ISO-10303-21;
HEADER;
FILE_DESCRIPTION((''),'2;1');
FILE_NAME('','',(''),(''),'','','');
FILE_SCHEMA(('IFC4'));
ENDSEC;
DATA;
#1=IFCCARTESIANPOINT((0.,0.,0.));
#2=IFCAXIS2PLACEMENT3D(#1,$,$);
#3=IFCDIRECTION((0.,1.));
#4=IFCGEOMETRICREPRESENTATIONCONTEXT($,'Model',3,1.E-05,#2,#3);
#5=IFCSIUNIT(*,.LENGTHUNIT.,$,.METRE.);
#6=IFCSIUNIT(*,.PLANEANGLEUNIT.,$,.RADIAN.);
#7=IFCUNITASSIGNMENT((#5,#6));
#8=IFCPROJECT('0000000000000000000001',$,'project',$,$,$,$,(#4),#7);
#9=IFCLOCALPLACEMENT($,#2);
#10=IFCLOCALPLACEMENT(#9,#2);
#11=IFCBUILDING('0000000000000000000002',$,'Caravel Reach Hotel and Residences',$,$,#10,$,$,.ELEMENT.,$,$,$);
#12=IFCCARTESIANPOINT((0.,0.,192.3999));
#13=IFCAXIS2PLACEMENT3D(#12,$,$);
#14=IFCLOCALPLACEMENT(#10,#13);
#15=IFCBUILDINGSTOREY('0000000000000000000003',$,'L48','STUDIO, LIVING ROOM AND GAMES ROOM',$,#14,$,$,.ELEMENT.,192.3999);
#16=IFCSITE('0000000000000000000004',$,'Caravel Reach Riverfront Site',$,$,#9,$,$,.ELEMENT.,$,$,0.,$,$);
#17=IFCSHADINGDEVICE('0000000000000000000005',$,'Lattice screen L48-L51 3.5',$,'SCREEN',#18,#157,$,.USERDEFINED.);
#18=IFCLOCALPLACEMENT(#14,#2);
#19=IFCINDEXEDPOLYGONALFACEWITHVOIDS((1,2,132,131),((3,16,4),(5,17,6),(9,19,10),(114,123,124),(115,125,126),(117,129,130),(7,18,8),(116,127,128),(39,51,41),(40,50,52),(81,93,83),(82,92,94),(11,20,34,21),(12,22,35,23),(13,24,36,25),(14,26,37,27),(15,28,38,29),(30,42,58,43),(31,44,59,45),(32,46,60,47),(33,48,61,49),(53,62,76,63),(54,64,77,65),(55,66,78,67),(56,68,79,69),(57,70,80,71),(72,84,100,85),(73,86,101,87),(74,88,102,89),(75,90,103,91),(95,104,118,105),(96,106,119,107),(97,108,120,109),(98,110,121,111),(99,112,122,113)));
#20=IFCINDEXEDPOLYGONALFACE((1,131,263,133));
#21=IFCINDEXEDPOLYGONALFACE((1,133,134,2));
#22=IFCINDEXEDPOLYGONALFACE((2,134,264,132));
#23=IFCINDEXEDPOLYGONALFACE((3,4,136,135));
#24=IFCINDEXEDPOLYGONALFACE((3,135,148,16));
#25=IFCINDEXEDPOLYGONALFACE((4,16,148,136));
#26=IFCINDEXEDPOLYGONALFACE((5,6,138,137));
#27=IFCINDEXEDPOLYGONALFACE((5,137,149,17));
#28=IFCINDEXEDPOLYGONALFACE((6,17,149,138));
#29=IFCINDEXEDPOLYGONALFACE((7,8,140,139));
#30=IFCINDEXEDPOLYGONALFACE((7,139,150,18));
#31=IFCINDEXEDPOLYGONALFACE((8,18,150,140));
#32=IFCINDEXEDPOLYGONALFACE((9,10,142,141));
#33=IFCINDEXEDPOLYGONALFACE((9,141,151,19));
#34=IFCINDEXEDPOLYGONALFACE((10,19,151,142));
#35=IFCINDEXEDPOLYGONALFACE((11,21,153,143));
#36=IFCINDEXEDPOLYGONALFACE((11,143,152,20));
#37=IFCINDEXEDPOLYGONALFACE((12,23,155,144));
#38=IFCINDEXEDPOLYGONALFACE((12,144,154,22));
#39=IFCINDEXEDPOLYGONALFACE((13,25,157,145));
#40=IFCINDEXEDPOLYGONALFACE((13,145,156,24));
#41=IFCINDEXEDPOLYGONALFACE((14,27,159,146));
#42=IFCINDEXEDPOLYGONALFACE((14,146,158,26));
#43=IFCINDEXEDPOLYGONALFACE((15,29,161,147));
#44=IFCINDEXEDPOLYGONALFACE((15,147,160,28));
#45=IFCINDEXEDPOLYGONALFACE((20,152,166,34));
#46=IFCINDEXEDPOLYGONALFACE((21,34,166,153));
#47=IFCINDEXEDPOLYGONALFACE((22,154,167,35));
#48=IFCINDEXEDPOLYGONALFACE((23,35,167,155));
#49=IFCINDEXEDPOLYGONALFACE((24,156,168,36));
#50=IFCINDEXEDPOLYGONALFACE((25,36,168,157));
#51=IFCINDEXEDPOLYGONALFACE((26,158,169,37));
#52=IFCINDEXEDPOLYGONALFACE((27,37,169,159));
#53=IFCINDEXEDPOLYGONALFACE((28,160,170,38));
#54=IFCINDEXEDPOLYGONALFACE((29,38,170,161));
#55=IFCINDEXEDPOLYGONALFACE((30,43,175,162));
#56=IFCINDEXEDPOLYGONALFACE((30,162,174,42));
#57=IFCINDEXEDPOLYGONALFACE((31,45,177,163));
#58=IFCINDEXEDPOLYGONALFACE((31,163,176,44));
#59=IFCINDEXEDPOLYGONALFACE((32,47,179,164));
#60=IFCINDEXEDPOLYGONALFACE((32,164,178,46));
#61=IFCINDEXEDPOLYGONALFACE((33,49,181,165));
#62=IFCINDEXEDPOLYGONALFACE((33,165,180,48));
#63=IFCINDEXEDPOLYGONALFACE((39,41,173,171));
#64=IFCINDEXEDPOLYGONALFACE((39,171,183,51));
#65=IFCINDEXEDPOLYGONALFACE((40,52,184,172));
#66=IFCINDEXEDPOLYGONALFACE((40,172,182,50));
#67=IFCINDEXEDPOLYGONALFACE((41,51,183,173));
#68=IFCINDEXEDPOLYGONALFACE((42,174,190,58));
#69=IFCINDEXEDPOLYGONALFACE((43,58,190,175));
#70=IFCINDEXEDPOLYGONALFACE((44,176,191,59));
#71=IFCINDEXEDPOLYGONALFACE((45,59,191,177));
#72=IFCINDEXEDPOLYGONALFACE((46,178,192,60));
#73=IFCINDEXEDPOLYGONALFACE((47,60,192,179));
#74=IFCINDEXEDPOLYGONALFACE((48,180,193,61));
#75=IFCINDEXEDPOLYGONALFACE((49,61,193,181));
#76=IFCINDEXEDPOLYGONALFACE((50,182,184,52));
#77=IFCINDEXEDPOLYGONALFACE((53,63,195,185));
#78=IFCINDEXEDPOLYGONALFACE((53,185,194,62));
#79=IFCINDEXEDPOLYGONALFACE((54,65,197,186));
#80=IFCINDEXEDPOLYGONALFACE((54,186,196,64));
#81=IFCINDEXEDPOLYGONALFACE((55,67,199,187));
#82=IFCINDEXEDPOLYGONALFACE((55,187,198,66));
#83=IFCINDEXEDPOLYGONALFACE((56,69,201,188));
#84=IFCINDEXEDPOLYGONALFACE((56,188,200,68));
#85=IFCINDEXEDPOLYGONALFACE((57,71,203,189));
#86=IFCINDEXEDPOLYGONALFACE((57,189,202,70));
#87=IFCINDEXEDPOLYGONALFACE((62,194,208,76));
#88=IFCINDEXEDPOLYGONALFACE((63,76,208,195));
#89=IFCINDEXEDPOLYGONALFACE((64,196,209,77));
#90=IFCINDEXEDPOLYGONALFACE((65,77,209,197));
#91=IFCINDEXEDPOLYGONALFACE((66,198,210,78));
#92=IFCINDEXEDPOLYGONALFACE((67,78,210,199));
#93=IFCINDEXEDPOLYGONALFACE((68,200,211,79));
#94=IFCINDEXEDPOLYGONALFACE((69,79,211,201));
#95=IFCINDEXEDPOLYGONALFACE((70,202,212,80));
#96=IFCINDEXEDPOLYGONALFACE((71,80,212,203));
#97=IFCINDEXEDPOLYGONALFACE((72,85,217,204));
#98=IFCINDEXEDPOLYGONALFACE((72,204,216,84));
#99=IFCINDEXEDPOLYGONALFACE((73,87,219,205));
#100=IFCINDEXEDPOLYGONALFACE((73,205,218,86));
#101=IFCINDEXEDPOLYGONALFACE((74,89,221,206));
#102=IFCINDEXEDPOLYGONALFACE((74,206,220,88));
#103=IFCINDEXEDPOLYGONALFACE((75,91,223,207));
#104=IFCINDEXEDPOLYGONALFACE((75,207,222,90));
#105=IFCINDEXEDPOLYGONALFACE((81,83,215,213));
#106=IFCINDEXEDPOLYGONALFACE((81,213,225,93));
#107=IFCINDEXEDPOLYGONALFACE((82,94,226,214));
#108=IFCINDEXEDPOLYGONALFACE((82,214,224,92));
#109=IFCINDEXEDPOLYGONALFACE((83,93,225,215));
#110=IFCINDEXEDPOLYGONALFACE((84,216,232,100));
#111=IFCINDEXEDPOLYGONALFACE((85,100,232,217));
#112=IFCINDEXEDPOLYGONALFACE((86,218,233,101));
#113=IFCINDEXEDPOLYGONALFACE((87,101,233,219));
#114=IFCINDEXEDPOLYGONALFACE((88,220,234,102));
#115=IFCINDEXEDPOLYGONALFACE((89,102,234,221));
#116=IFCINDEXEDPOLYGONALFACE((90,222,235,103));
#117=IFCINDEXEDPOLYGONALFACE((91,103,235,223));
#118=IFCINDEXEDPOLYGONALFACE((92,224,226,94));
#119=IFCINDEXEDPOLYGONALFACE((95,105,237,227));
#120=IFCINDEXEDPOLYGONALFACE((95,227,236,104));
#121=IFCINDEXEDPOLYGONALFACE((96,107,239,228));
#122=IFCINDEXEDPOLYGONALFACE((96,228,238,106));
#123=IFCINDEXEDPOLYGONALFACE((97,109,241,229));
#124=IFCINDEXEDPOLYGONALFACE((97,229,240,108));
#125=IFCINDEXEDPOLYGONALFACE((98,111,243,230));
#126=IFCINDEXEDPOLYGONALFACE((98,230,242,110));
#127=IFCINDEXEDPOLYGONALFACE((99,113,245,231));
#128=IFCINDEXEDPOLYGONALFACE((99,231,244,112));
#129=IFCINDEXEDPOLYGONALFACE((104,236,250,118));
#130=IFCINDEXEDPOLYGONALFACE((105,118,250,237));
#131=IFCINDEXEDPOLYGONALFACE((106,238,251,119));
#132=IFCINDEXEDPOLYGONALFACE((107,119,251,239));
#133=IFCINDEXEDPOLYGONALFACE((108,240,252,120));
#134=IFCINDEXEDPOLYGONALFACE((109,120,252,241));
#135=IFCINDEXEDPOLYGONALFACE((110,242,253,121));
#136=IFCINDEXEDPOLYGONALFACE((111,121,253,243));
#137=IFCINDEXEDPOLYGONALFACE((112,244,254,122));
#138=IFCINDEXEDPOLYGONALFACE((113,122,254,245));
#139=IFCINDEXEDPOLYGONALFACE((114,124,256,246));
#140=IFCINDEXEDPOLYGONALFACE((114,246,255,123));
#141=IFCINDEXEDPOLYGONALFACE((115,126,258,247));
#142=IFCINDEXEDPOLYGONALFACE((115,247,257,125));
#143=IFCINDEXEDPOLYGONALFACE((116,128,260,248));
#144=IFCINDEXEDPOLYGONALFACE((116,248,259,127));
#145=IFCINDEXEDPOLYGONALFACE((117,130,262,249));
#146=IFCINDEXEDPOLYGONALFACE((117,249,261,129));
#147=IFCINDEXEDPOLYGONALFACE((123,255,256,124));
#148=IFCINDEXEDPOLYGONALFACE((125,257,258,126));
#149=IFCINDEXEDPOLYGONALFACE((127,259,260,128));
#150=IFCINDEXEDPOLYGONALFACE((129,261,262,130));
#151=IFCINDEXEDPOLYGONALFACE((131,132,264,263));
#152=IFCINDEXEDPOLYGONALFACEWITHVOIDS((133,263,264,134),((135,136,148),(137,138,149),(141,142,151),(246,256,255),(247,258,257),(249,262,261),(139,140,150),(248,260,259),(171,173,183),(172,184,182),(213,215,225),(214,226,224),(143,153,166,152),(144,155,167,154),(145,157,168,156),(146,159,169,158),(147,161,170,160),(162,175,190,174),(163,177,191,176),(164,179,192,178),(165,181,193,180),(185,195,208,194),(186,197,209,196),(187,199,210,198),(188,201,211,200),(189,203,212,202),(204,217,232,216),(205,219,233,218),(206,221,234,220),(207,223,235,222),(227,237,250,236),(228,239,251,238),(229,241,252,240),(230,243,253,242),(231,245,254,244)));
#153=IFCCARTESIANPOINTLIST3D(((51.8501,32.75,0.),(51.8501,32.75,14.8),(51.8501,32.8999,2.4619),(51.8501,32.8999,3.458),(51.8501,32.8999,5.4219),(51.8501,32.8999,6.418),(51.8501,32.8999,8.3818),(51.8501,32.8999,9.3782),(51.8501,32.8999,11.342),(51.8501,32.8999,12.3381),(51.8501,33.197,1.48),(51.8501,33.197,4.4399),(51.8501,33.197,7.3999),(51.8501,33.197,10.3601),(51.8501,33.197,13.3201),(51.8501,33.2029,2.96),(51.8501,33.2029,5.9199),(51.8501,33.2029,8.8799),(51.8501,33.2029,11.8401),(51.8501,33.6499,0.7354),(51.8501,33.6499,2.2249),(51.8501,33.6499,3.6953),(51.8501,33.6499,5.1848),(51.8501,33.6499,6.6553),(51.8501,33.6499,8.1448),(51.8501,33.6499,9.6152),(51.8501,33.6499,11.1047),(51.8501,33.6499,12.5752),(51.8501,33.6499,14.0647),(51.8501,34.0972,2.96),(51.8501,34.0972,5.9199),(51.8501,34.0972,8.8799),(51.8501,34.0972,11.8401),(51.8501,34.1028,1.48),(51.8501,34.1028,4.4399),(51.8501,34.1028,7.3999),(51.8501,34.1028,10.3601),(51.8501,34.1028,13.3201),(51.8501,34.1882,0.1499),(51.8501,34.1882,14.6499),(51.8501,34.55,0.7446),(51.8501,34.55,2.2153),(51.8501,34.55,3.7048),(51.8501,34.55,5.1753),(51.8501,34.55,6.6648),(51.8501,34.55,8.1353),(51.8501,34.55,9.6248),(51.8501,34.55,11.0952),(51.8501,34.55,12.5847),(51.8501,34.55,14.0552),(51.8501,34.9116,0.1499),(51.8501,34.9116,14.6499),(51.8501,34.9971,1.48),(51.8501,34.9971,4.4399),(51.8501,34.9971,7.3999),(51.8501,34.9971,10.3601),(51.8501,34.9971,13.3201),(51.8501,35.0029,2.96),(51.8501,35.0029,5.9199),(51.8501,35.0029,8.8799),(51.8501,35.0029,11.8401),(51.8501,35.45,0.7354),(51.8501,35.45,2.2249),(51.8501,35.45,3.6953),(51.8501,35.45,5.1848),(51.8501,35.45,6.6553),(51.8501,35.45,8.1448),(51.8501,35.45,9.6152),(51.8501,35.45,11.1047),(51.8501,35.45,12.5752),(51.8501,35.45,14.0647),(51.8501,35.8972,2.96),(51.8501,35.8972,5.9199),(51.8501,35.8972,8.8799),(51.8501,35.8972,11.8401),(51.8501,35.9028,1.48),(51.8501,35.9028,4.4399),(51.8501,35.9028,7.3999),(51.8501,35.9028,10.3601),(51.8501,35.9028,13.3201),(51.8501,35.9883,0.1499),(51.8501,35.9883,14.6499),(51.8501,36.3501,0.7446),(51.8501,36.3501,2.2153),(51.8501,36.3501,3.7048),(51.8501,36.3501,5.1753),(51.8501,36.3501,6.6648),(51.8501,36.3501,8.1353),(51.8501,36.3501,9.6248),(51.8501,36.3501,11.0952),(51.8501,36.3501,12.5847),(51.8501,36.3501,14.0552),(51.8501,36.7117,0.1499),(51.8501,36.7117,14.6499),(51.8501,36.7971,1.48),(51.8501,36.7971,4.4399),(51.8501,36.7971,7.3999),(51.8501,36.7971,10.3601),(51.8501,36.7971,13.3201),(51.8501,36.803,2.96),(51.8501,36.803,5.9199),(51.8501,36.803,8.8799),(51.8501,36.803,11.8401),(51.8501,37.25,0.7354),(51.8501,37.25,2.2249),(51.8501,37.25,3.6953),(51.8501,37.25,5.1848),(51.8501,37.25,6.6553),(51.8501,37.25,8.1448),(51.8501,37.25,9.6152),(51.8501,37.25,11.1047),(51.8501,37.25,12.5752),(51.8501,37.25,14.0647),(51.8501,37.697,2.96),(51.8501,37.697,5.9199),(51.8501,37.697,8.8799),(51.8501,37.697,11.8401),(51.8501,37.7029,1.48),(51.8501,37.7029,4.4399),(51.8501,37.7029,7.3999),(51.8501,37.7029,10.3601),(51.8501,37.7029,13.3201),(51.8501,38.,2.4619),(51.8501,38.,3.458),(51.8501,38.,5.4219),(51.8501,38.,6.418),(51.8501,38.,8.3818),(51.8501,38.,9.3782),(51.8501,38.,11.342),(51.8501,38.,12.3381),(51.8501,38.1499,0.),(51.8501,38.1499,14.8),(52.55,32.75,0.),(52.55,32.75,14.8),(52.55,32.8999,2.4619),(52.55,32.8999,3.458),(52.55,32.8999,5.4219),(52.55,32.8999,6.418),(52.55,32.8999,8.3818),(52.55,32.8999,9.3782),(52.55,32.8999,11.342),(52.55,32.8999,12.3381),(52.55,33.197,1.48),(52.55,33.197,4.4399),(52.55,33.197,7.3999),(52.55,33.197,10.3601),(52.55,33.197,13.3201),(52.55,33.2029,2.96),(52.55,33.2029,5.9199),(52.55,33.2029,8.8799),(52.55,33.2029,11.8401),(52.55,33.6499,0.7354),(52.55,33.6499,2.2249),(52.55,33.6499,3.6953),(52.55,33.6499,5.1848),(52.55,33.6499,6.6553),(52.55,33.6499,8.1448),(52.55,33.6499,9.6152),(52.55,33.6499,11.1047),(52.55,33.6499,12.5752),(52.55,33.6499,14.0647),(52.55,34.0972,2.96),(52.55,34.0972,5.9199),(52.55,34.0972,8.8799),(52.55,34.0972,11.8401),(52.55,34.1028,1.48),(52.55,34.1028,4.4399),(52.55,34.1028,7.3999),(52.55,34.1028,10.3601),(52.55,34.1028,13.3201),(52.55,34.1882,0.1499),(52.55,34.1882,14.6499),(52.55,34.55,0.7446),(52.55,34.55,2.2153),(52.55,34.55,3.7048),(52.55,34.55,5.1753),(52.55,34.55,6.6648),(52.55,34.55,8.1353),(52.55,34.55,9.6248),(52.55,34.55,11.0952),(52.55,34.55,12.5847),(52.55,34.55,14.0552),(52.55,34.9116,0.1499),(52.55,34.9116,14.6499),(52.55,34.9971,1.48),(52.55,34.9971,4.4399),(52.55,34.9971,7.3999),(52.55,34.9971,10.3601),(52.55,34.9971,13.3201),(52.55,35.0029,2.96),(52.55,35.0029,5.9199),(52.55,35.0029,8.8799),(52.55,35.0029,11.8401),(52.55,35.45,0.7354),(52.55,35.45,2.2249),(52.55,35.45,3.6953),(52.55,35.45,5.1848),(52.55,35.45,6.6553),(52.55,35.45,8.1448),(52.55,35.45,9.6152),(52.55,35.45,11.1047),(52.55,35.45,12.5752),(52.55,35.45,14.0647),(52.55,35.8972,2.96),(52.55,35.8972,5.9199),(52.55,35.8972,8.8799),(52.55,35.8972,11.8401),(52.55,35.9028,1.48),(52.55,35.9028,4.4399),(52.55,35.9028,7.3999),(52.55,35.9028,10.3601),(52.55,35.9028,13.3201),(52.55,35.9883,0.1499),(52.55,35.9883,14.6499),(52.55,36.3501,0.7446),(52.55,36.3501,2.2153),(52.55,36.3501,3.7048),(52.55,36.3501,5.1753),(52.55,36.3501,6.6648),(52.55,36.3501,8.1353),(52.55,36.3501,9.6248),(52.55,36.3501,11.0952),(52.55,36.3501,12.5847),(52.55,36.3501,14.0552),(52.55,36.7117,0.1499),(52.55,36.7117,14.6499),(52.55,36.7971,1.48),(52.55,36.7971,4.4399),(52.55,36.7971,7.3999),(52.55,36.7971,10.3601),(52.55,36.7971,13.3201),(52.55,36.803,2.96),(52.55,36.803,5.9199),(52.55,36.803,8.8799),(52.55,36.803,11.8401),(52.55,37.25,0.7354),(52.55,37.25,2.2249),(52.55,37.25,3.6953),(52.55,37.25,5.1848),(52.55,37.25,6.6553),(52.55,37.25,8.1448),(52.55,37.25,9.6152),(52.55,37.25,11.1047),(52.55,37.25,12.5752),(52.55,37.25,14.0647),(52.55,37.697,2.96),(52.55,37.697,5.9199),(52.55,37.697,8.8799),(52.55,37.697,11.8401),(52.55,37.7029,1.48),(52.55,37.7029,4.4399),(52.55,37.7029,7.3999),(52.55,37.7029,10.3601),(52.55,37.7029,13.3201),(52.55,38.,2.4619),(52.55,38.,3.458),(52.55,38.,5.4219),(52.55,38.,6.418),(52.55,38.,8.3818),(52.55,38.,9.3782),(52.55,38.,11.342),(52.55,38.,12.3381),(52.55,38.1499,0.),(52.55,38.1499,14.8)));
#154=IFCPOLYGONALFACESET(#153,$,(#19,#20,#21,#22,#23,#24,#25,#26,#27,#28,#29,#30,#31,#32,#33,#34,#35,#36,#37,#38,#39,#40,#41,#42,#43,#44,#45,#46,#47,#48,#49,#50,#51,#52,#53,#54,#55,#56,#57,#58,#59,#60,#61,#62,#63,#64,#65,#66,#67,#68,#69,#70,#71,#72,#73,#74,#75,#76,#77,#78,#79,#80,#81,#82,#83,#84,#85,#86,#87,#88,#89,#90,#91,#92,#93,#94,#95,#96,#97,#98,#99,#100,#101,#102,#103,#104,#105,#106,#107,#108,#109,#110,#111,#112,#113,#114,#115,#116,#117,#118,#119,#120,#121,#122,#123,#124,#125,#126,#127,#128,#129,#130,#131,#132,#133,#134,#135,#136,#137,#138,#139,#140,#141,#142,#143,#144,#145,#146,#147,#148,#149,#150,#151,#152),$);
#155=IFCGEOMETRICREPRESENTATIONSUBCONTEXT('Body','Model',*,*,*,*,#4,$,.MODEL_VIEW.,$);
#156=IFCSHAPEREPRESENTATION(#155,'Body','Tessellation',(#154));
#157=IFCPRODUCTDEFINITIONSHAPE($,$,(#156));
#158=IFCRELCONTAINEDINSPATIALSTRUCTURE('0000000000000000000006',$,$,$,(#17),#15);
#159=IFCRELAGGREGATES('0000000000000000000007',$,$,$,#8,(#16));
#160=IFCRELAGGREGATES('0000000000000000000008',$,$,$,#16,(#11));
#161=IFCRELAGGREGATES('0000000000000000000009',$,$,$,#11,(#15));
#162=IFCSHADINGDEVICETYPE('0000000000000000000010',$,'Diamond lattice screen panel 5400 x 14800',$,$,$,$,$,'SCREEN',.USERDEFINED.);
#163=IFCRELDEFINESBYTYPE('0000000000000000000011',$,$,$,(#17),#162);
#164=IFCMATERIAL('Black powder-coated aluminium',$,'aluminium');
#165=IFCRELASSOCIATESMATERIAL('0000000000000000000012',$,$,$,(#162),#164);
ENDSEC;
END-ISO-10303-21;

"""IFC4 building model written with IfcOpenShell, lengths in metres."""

from ifc_helpers import new_model, si_unit, direction, frame, origin, place, context, subcontext, project, spatial, polyline, outline, extrude, material, type_object, element, save


model = new_model("IFC4")

# Units and contexts
model_context = context("Model", 3, precision=1e-05, world=origin(), true_north=direction((0.0, 1.0)))
body_context = subcontext(model_context, "Body", "Model", "MODEL_VIEW")
ifc_project = project(units=[si_unit("LENGTHUNIT", "METRE"), si_unit("PLANEANGLEUNIT", "RADIAN")], contexts=[model_context])

# Site, building, storey
site_placement = place(None, origin())
site = spatial("IfcSite", under=ifc_project, at=site_placement, Name="Caravel Reach Riverfront Site", CompositionType="ELEMENT", RefElevation=0.0)
building_placement = place(site_placement, origin())
building = spatial("IfcBuilding", under=site, at=building_placement, Name="Caravel Reach Hotel and Residences", CompositionType="ELEMENT")
storey_placement = place(building_placement, frame((0.0, 0.0, 192.3999)))
storey = spatial("IfcBuildingStorey", under=building, at=storey_placement, Name="L48", Description="STUDIO, LIVING ROOM AND GAMES ROOM", CompositionType="ELEMENT", Elevation=192.3999)

# Shading device
ifc_material_1 = material(Name="Black powder-coated aluminium", Category="aluminium")
shading_device_type = type_object("IfcShadingDeviceType", Name="Diamond lattice screen panel 5400 x 14800", ElementType="SCREEN", PredefinedType="USERDEFINED", material=ifc_material_1)
shading_device_1_placement = place(storey_placement, frame((51.8501, 32.75, 0.0), z_axis=(1.0, 0.0, 0.0), x_axis=(0.0, 1.0, 0.0)))
element("IfcShadingDevice", 1, at=shading_device_1_placement, inside=storey, type_object=shading_device_type, Name="Lattice screen L48-L51 3.5", ObjectType="SCREEN", PredefinedType="USERDEFINED", context=body_context, shape_type="SweptSolid", body=[
    extrude(outline(polyline([(0.0, 0.0), (5.3999, 0.0), (5.3999, 14.8), (0.0, 14.8), (0.0, 0.0)]), holes=[polyline([(0.4529, 2.96), (0.1499, 3.458), (0.1499, 2.4619), (0.4529, 2.96)]), polyline([(0.4529, 5.9199), (0.1499, 6.418), (0.1499, 5.4219), (0.4529, 5.9199)]), polyline([(0.4529, 8.8799), (0.1499, 9.3782), (0.1499, 8.3818), (0.4529, 8.8799)]), polyline([(0.4529, 11.8401), (0.1499, 12.3381), (0.1499, 11.342), (0.4529, 11.8401)]), polyline([(0.8999, 2.2249), (0.447, 1.48), (0.8999, 0.7354), (1.3528, 1.48), (0.8999, 2.2249)]), polyline([(0.8999, 5.1848), (0.447, 4.4399), (0.8999, 3.6953), (1.3528, 4.4399), (0.8999, 5.1848)]), polyline([(0.8999, 8.1448), (0.447, 7.3999), (0.8999, 6.6553), (1.3528, 7.3999), (0.8999, 8.1448)]), polyline([(0.8999, 11.1047), (0.447, 10.3601), (0.8999, 9.6152), (1.3528, 10.3601), (0.8999, 11.1047)]), polyline([(0.8999, 14.0647), (0.447, 13.3201), (0.8999, 12.5752), (1.3528, 13.3201), (0.8999, 14.0647)]), polyline([(1.8, 0.7446), (1.4382, 0.1499), (2.1616, 0.1499), (1.8, 0.7446)]), polyline([(1.8, 3.7048), (1.3472, 2.96), (1.8, 2.2153), (2.2529, 2.96), (1.8, 3.7048)]), polyline([(1.8, 6.6648), (1.3472, 5.9199), (1.8, 5.1753), (2.2529, 5.9199), (1.8, 6.6648)]), polyline([(1.8, 9.6248), (1.3472, 8.8799), (1.8, 8.1353), (2.2529, 8.8799), (1.8, 9.6248)]), polyline([(1.8, 12.5847), (1.3472, 11.8401), (1.8, 11.0952), (2.2529, 11.8401), (1.8, 12.5847)]), polyline([(1.8, 14.0552), (2.1616, 14.6499), (1.4382, 14.6499), (1.8, 14.0552)]), polyline([(2.7, 2.2249), (2.2471, 1.48), (2.7, 0.7354), (3.1528, 1.48), (2.7, 2.2249)]), polyline([(2.7, 5.1848), (2.2471, 4.4399), (2.7, 3.6953), (3.1528, 4.4399), (2.7, 5.1848)]), polyline([(2.7, 8.1448), (2.2471, 7.3999), (2.7, 6.6553), (3.1528, 7.3999), (2.7, 8.1448)]), polyline([(2.7, 11.1047), (2.2471, 10.3601), (2.7, 9.6152), (3.1528, 10.3601), (2.7, 11.1047)]), polyline([(2.7, 14.0647), (2.2471, 13.3201), (2.7, 12.5752), (3.1528, 13.3201), (2.7, 14.0647)]), polyline([(3.6001, 0.7446), (3.2383, 0.1499), (3.9617, 0.1499), (3.6001, 0.7446)]), polyline([(3.6001, 3.7048), (3.1472, 2.96), (3.6001, 2.2153), (4.053, 2.96), (3.6001, 3.7048)]), polyline([(3.6001, 6.6648), (3.1472, 5.9199), (3.6001, 5.1753), (4.053, 5.9199), (3.6001, 6.6648)]), polyline([(3.6001, 9.6248), (3.1472, 8.8799), (3.6001, 8.1353), (4.053, 8.8799), (3.6001, 9.6248)]), polyline([(3.6001, 12.5847), (3.1472, 11.8401), (3.6001, 11.0952), (4.053, 11.8401), (3.6001, 12.5847)]), polyline([(3.6001, 14.0552), (3.9617, 14.6499), (3.2383, 14.6499), (3.6001, 14.0552)]), polyline([(4.5, 2.2249), (4.0471, 1.48), (4.5, 0.7354), (4.9529, 1.48), (4.5, 2.2249)]), polyline([(4.5, 5.1848), (4.0471, 4.4399), (4.5, 3.6953), (4.9529, 4.4399), (4.5, 5.1848)]), polyline([(4.5, 8.1448), (4.0471, 7.3999), (4.5, 6.6553), (4.9529, 7.3999), (4.5, 8.1448)]), polyline([(4.5, 11.1047), (4.0471, 10.3601), (4.5, 9.6152), (4.9529, 10.3601), (4.5, 11.1047)]), polyline([(4.5, 14.0647), (4.0471, 13.3201), (4.5, 12.5752), (4.9529, 13.3201), (4.5, 14.0647)]), polyline([(4.947, 2.96), (5.25, 2.4619), (5.25, 3.458), (4.947, 2.96)]), polyline([(4.947, 5.9199), (5.25, 5.4219), (5.25, 6.418), (4.947, 5.9199)]), polyline([(4.947, 8.8799), (5.25, 8.3818), (5.25, 9.3782), (4.947, 8.8799)]), polyline([(4.947, 11.8401), (5.25, 11.342), (5.25, 12.3381), (4.947, 11.8401)])]), origin(), (0.0, 0.0, 1.0), 0.7),
])

save(model, "model.ifc")
